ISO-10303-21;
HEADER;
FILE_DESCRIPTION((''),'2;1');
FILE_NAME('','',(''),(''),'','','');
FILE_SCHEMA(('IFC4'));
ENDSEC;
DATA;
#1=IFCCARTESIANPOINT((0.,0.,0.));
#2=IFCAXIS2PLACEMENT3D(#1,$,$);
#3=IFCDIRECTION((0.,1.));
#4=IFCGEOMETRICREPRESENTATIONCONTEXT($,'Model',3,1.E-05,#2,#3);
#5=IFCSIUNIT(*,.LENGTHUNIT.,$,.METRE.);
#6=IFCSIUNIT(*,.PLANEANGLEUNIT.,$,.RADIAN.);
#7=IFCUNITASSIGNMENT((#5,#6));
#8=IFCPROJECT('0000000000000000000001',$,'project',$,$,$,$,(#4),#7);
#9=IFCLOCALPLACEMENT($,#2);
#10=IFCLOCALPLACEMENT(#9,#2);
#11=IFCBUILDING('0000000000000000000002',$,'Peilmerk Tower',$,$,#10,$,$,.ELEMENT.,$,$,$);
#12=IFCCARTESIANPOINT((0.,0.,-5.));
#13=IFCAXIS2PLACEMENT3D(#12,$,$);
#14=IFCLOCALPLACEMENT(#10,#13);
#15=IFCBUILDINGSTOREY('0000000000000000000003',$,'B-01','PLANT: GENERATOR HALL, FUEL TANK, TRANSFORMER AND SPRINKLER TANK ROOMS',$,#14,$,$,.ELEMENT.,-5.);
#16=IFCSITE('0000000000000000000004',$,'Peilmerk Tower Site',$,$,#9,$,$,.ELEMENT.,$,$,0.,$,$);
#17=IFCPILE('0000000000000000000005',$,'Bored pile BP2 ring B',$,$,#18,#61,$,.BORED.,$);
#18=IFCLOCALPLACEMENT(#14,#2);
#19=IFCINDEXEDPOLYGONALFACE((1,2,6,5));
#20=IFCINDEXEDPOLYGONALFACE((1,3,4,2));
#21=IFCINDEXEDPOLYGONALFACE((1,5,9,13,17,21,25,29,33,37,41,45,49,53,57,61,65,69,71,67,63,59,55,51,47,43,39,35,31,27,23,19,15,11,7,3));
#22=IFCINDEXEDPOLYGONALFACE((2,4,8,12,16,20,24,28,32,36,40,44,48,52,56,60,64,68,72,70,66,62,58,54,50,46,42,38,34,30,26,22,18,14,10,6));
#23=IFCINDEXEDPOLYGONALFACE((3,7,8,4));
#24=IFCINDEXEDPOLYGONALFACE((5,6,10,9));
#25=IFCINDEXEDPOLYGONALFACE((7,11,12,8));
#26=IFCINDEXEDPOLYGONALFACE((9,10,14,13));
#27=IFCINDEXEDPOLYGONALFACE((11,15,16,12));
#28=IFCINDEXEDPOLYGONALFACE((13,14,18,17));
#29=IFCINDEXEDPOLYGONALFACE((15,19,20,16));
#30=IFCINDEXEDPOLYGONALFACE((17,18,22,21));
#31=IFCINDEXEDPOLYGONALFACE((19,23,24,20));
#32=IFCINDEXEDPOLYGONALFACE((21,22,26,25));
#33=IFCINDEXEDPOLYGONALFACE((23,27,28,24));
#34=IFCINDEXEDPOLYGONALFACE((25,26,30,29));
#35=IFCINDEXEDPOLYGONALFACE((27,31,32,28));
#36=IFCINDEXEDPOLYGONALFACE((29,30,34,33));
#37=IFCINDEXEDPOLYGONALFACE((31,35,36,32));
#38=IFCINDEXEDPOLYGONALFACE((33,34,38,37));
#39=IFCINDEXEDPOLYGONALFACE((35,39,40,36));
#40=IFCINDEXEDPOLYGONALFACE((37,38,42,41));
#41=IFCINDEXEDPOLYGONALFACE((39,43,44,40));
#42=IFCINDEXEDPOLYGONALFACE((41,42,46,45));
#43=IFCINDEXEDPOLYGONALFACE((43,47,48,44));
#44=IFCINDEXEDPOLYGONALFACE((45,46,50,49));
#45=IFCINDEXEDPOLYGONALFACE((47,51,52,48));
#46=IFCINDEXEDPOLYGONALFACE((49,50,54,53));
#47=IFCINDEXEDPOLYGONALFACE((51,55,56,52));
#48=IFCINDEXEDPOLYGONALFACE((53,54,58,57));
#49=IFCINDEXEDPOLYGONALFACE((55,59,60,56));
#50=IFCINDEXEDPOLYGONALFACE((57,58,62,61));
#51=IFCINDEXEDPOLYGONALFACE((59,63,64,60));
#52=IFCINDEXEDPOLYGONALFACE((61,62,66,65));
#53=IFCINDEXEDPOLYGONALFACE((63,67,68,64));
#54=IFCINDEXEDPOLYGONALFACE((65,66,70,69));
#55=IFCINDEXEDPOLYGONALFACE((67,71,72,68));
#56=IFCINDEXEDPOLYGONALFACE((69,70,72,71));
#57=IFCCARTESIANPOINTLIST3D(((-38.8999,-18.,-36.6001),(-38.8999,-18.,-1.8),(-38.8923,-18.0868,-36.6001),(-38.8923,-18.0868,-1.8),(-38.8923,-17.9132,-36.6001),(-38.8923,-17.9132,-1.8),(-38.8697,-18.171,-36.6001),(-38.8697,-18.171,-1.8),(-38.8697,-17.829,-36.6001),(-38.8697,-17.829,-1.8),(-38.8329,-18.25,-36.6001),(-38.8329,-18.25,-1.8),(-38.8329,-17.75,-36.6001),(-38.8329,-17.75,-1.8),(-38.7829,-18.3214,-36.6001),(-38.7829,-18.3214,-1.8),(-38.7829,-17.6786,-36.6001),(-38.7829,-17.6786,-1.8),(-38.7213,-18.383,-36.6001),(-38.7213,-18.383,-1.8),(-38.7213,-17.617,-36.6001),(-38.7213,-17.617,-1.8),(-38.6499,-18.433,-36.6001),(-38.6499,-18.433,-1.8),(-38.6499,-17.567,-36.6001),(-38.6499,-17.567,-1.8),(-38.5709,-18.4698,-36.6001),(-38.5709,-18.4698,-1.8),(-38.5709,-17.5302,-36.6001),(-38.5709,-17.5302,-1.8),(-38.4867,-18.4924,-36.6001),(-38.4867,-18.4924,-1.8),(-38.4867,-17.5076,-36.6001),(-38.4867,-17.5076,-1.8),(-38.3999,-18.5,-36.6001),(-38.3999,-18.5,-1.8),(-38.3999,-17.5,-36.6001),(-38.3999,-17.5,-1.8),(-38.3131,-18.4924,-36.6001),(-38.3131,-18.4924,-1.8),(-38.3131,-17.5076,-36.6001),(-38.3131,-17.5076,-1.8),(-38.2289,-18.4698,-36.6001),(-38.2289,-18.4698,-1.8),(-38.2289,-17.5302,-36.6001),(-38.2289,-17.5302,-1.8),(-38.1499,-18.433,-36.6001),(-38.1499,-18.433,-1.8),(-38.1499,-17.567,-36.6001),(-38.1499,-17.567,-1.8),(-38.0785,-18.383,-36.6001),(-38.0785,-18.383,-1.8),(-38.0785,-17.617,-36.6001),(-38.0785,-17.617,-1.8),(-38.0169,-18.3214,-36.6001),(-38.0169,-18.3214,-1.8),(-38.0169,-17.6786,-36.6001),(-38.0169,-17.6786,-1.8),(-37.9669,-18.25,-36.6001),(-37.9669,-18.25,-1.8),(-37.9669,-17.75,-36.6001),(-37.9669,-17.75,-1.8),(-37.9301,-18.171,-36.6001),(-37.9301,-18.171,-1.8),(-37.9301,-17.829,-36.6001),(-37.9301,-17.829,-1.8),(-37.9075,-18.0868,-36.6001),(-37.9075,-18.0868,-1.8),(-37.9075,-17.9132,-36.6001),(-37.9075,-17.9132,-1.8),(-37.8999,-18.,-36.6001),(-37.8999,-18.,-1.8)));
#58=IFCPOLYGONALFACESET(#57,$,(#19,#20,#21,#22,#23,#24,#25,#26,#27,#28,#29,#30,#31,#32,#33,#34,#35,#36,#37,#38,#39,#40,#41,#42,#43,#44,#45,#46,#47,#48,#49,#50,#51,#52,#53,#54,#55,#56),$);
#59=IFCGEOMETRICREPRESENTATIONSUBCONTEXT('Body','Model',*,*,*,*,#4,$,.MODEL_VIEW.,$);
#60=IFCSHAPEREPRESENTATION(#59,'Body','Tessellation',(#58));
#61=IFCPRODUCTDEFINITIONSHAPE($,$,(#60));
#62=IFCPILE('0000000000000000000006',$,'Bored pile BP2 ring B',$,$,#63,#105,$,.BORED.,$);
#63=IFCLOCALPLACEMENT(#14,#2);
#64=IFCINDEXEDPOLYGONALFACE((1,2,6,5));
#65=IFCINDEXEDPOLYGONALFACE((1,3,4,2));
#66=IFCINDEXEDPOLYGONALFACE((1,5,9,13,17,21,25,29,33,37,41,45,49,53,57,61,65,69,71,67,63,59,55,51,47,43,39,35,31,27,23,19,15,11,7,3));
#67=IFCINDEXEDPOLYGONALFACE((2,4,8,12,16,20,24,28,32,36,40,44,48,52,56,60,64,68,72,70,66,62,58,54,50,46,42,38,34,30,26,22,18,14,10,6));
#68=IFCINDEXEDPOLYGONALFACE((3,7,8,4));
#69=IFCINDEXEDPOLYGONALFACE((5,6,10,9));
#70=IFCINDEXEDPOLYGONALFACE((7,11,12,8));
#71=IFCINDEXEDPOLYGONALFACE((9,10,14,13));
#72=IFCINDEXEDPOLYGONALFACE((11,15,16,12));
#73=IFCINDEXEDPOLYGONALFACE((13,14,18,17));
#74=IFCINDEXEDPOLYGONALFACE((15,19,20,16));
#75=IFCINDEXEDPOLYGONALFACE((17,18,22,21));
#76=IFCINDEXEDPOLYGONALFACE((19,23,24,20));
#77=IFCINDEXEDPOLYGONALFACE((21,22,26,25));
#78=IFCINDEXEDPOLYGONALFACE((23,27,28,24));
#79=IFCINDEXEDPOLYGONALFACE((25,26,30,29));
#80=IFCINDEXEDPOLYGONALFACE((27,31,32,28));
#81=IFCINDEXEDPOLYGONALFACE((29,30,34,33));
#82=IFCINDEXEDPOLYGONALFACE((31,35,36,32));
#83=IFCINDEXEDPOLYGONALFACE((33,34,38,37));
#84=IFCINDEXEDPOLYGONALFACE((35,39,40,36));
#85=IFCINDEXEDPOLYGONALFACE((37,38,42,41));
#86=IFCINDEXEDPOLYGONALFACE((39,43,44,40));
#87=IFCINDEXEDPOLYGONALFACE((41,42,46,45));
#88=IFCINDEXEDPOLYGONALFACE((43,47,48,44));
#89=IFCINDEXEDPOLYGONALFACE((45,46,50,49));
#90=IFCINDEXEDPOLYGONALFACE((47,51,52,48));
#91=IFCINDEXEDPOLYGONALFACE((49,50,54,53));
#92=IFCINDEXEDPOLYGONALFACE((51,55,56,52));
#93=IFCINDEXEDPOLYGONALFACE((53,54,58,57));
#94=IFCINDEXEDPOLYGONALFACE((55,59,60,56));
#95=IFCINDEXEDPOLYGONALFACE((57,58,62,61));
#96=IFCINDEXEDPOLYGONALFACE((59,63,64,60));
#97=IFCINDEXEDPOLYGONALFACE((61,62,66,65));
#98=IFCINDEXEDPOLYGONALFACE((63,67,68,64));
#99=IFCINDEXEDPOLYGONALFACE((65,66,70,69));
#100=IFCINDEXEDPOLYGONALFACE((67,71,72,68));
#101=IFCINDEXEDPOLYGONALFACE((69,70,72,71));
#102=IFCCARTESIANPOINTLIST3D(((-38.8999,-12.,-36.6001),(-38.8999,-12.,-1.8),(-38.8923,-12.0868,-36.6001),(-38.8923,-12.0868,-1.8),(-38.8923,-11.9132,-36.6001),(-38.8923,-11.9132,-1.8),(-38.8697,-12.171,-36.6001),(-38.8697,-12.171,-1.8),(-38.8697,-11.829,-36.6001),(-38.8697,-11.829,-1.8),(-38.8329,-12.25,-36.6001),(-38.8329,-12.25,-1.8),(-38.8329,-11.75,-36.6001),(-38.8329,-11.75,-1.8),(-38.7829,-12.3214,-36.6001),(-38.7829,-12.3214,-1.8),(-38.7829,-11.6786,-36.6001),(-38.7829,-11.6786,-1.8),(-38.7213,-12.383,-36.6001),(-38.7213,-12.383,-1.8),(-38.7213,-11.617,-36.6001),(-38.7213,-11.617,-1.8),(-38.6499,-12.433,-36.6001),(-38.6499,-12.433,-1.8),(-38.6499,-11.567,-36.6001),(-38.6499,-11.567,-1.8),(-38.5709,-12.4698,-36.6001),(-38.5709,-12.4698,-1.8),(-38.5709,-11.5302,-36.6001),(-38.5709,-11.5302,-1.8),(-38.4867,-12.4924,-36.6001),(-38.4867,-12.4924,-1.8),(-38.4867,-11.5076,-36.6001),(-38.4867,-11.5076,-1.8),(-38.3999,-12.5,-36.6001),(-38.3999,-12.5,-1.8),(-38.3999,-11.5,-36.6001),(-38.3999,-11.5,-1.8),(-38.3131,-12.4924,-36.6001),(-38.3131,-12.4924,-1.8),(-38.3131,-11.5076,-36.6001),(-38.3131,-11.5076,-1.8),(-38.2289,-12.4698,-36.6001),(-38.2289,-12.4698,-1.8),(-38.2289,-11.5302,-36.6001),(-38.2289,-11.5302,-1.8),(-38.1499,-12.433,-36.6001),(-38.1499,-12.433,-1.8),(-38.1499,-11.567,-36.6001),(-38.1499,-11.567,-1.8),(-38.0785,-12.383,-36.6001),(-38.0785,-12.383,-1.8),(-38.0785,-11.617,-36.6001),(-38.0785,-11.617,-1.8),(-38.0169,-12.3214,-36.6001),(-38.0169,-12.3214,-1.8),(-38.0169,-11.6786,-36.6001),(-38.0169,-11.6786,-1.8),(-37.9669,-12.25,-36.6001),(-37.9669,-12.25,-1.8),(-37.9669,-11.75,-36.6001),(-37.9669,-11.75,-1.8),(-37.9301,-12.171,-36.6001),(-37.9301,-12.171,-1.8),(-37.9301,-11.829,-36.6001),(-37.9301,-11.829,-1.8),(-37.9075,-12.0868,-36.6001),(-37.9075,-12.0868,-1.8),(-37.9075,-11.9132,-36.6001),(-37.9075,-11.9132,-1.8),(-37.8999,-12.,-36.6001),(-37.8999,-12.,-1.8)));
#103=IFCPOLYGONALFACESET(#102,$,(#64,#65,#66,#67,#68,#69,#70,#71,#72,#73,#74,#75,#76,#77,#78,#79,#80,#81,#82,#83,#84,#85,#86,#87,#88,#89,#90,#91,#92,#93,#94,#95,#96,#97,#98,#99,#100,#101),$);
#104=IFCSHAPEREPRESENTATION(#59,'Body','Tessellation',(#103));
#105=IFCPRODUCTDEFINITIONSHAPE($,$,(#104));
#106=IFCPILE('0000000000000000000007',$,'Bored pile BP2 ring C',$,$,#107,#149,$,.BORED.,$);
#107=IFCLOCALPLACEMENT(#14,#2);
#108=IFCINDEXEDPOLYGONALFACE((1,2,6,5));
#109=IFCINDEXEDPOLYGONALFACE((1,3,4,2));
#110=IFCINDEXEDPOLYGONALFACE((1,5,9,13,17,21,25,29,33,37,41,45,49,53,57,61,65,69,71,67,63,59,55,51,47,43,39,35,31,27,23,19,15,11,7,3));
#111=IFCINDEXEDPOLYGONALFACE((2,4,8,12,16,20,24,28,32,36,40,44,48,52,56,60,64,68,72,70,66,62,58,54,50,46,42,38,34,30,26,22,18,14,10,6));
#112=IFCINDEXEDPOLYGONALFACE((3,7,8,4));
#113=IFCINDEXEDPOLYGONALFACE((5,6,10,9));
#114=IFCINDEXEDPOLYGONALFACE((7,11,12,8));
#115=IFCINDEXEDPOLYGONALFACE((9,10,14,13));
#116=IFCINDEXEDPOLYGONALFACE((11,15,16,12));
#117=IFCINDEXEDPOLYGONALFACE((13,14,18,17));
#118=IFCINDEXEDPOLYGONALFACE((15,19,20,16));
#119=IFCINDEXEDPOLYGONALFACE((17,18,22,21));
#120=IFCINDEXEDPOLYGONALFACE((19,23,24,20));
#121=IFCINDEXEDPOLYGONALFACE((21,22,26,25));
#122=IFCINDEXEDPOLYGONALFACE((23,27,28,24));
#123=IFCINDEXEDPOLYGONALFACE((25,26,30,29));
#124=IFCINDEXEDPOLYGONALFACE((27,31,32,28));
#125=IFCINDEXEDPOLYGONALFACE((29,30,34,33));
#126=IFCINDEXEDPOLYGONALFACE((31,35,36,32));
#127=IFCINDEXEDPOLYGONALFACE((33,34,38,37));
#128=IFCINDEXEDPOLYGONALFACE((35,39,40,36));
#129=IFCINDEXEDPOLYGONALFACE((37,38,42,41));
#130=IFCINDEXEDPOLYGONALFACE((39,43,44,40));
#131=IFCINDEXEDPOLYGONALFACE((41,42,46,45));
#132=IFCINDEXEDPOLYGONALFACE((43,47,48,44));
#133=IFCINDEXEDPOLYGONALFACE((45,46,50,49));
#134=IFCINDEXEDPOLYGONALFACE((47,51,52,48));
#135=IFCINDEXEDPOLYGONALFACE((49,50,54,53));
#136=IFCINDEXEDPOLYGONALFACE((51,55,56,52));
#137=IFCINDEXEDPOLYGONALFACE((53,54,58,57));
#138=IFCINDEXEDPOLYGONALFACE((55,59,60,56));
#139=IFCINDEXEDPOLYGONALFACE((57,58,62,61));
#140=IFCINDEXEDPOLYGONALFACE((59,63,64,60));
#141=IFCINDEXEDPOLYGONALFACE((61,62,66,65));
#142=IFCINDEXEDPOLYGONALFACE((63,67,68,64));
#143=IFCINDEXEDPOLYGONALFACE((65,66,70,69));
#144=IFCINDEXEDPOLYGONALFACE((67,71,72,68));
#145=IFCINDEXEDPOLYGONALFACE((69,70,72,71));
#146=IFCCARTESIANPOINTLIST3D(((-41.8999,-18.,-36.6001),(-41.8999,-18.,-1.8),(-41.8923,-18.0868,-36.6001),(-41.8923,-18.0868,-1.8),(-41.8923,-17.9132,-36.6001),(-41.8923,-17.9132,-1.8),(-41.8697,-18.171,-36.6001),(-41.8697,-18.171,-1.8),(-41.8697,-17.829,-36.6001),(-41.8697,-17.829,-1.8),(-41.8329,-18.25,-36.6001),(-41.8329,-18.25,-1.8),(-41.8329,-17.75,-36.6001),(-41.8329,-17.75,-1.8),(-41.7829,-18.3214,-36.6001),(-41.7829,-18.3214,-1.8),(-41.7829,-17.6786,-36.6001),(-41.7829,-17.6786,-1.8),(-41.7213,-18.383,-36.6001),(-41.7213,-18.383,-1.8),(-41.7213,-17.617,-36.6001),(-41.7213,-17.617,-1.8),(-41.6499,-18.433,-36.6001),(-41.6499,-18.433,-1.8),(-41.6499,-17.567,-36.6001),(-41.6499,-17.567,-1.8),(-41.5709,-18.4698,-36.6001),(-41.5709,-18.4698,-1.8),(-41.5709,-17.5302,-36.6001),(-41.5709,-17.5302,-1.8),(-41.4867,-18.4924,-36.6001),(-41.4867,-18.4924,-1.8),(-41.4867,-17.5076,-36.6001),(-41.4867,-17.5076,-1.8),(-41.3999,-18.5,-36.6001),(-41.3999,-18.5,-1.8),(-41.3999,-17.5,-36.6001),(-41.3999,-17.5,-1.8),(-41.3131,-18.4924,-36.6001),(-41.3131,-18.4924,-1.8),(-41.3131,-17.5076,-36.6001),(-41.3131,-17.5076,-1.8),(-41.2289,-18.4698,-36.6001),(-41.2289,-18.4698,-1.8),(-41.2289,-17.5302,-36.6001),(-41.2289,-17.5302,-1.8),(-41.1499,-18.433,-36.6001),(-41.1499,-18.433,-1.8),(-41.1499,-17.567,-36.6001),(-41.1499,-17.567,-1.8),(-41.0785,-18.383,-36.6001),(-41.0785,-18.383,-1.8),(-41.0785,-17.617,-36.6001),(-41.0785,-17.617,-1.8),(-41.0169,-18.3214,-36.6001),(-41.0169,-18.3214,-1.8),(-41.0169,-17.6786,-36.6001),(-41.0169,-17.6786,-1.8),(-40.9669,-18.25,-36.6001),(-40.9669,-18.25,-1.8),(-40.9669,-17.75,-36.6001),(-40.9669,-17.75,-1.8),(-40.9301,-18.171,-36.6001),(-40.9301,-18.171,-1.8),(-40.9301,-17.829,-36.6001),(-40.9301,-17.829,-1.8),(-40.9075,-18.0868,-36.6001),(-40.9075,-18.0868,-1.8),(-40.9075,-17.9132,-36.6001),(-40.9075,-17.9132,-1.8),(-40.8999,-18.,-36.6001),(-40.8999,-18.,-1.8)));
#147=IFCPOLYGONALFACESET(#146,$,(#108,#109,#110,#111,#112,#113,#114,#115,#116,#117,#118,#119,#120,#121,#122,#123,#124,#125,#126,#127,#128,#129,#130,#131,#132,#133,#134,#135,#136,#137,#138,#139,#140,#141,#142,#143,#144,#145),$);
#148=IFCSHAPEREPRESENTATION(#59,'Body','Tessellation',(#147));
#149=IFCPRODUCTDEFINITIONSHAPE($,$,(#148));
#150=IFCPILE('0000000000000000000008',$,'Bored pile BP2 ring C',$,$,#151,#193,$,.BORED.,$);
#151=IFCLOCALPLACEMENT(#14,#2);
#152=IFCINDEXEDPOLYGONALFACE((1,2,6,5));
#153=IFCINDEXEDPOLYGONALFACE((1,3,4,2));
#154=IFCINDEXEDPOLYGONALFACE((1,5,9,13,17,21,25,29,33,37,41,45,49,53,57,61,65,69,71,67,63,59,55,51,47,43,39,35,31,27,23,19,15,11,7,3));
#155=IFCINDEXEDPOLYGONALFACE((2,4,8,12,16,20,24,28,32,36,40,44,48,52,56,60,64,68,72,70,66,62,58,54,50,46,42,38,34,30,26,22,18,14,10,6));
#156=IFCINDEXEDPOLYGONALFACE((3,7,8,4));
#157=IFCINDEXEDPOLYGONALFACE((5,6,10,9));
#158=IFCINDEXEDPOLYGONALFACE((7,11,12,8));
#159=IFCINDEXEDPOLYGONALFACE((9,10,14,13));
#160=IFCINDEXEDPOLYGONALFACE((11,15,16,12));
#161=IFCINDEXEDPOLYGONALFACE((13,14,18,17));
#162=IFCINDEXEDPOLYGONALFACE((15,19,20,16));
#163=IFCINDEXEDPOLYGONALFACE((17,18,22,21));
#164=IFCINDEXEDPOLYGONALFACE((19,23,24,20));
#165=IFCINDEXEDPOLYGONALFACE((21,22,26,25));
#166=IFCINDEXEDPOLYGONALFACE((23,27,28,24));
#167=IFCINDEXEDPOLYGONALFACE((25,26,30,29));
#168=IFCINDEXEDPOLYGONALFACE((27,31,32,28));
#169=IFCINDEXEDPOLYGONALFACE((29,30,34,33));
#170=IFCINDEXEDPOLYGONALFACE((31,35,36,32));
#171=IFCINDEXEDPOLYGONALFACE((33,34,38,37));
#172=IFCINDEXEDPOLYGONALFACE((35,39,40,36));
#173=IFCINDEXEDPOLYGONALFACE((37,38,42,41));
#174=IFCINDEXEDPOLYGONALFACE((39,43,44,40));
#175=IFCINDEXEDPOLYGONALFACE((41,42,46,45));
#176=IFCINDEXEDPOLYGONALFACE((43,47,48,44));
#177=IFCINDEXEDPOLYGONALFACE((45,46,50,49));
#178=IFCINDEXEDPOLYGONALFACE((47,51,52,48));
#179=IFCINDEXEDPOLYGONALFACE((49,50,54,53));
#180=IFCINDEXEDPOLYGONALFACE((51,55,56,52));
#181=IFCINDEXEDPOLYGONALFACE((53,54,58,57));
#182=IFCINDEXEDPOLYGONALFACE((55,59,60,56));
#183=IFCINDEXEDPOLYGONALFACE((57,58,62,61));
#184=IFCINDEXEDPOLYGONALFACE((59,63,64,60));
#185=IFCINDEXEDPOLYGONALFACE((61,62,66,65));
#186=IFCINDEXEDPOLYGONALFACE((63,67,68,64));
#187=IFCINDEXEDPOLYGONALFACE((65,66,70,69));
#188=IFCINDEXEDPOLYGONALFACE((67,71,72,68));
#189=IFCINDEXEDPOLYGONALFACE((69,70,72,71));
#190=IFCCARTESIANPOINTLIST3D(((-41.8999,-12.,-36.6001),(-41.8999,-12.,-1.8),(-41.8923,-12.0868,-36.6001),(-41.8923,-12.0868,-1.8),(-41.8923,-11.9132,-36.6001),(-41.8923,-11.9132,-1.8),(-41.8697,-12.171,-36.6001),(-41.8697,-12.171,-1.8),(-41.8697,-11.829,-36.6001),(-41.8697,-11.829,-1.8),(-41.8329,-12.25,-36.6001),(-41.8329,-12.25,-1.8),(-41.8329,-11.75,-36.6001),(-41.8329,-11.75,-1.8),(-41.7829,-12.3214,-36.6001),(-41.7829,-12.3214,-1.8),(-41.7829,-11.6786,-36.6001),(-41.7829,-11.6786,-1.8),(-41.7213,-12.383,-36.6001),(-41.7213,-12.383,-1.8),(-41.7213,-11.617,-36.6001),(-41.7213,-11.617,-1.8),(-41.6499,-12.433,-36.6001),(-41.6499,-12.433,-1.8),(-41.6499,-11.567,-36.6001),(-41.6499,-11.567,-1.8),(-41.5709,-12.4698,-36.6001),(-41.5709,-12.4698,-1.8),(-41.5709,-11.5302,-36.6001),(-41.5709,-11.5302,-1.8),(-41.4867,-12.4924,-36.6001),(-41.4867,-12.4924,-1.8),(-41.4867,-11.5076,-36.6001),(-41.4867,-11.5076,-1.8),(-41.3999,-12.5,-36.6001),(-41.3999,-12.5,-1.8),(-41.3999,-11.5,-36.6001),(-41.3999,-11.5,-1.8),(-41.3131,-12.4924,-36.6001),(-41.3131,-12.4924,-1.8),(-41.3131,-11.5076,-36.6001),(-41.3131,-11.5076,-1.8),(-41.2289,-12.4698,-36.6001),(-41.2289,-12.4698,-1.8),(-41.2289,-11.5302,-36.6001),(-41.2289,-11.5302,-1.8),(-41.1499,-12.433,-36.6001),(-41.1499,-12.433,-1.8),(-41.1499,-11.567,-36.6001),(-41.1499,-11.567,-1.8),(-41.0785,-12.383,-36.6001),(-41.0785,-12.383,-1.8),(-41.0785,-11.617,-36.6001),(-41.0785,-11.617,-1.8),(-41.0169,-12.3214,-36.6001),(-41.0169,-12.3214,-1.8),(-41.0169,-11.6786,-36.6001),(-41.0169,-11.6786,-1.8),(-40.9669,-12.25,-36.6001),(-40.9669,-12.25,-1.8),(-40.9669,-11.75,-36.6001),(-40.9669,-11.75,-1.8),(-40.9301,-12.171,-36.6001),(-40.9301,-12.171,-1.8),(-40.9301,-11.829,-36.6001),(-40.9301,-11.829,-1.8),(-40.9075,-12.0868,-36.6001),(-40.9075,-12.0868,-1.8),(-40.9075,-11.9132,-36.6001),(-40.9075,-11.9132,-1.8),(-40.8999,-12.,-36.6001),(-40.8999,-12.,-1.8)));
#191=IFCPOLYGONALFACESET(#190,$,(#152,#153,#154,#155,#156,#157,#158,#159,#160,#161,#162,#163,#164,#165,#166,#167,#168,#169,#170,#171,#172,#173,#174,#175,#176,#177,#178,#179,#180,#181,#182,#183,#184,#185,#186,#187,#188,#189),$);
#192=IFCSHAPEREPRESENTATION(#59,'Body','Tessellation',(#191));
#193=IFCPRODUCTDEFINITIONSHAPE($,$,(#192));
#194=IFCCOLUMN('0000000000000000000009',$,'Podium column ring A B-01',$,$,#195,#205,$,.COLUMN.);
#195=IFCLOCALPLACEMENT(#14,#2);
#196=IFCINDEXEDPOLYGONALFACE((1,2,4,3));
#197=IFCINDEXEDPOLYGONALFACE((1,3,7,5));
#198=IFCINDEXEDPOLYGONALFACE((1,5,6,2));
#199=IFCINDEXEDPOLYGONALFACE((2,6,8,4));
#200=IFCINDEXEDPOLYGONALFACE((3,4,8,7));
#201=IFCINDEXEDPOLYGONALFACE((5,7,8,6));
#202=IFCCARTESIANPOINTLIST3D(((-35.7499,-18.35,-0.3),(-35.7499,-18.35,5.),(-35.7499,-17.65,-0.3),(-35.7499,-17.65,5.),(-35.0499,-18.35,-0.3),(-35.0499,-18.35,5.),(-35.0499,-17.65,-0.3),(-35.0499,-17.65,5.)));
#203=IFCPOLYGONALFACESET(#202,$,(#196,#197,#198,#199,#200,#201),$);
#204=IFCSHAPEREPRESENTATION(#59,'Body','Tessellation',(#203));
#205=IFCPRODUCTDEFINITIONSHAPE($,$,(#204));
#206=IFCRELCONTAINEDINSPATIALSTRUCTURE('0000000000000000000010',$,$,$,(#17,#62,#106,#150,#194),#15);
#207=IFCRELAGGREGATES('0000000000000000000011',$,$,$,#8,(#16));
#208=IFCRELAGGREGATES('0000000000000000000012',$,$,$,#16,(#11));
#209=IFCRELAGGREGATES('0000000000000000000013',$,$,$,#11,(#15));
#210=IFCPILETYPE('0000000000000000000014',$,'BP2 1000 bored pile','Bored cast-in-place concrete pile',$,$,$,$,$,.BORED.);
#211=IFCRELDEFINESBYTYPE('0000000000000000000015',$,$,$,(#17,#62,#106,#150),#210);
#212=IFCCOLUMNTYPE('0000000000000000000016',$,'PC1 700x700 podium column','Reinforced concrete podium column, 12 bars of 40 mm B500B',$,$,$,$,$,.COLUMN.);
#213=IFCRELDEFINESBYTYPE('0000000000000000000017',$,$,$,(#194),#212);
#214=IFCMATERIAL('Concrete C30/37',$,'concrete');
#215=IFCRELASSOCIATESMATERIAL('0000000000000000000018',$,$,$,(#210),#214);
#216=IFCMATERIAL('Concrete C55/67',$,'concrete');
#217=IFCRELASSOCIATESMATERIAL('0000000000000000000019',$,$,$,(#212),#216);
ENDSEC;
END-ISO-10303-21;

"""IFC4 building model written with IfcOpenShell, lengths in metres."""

from ifc_helpers import new_model, si_unit, direction, frame, origin, origin_2d, place, context, subcontext, project, spatial, rectangle, circle, extrude, material, material_profile, profile_set, type_object, element, save


model = new_model("IFC4")

# Units and contexts
model_context = context("Model", 3, precision=1e-05, world=origin(), true_north=direction((0.0, 1.0)))
body_context = subcontext(model_context, "Body", "Model", "MODEL_VIEW")
ifc_project = project(units=[si_unit("LENGTHUNIT", "METRE"), si_unit("PLANEANGLEUNIT", "RADIAN")], contexts=[model_context])

# Site, building, storey
site_placement = place(None, origin())
site = spatial("IfcSite", under=ifc_project, at=site_placement, Name="Peilmerk Tower Site", CompositionType="ELEMENT", RefElevation=0.0)
building_placement = place(site_placement, origin())
building = spatial("IfcBuilding", under=site, at=building_placement, Name="Peilmerk Tower", CompositionType="ELEMENT")
storey_placement = place(building_placement, frame((0.0, 0.0, -5.0)))
storey = spatial("IfcBuildingStorey", under=building, at=storey_placement, Name="B-01", Description="PLANT: GENERATOR HALL, FUEL TANK, TRANSFORMER AND SPRINKLER TANK ROOMS", CompositionType="ELEMENT", Elevation=-5.0)

# Piles
ifc_material_1 = material(Name="Concrete C30/37", Category="concrete")
ifc_material_profile_1 = material_profile(ifc_material_1, circle(Radius=0.5, at=origin_2d()), Name="BP 1000")
ifc_profile_set_1 = profile_set([ifc_material_profile_1], Name="Concrete C30/37")
pile_type_1 = type_object("IfcPileType", Name="BP2 1000 bored pile", Description="Bored cast-in-place concrete pile", PredefinedType="BORED", material=ifc_profile_set_1)
for number, where, z_axis, x_axis, name in (
    (1, (-38.3999, -18.0, -1.8), (0.0, 0.0, -1.0), (1.0, 0.0, 0.0), "Bored pile BP2 ring B"),
    (2, (-38.3999, -12.0, -1.8), (0.0, 0.0, -1.0), (1.0, 0.0, 0.0), "Bored pile BP2 ring B"),
    (3, (-41.3999, -18.0, -1.8), (0.0, 0.0, -1.0), (1.0, 0.0, 0.0), "Bored pile BP2 ring C"),
    (4, (-41.3999, -12.0, -1.8), (0.0, 0.0, -1.0), (1.0, 0.0, 0.0), "Bored pile BP2 ring C"),
):
    element("IfcPile", number, at=place(storey_placement, frame(where, z_axis=z_axis, x_axis=x_axis)), inside=storey, type_object=pile_type_1, Name=name, PredefinedType="BORED", context=body_context, shape_type="SweptSolid", body=[
        extrude(circle(Radius=0.5, at=origin_2d()), origin(), (0.0, 0.0, 1.0), 34.8),
    ])

# Column
ifc_material_2 = material(Name="Concrete C55/67", Category="concrete")
ifc_material_profile_2 = material_profile(ifc_material_2, rectangle(XDim=0.7, YDim=0.7, at=origin_2d()), Name="RC 700x700")
ifc_profile_set_2 = profile_set([ifc_material_profile_2], Name="Concrete C55/67")
column_type_1 = type_object("IfcColumnType", Name="PC1 700x700 podium column", Description="Reinforced concrete podium column, 12 bars of 40 mm B500B", PredefinedType="COLUMN", material=ifc_profile_set_2)
for number, where, z_axis, x_axis, name in (
    (5, (-35.3999, -18.0, -0.3), (0.0, 0.0, 1.0), (1.0, 0.0, 0.0), "Podium column ring A B-01"),
):
    element("IfcColumn", number, at=place(storey_placement, frame(where, z_axis=z_axis, x_axis=x_axis)), inside=storey, type_object=column_type_1, Name=name, PredefinedType="COLUMN", context=body_context, shape_type="SweptSolid", body=[
        extrude(rectangle(XDim=0.7, YDim=0.7, at=origin_2d()), origin(), (0.0, 0.0, 1.0), 5.3),
    ])

save(model, "model.ifc")
